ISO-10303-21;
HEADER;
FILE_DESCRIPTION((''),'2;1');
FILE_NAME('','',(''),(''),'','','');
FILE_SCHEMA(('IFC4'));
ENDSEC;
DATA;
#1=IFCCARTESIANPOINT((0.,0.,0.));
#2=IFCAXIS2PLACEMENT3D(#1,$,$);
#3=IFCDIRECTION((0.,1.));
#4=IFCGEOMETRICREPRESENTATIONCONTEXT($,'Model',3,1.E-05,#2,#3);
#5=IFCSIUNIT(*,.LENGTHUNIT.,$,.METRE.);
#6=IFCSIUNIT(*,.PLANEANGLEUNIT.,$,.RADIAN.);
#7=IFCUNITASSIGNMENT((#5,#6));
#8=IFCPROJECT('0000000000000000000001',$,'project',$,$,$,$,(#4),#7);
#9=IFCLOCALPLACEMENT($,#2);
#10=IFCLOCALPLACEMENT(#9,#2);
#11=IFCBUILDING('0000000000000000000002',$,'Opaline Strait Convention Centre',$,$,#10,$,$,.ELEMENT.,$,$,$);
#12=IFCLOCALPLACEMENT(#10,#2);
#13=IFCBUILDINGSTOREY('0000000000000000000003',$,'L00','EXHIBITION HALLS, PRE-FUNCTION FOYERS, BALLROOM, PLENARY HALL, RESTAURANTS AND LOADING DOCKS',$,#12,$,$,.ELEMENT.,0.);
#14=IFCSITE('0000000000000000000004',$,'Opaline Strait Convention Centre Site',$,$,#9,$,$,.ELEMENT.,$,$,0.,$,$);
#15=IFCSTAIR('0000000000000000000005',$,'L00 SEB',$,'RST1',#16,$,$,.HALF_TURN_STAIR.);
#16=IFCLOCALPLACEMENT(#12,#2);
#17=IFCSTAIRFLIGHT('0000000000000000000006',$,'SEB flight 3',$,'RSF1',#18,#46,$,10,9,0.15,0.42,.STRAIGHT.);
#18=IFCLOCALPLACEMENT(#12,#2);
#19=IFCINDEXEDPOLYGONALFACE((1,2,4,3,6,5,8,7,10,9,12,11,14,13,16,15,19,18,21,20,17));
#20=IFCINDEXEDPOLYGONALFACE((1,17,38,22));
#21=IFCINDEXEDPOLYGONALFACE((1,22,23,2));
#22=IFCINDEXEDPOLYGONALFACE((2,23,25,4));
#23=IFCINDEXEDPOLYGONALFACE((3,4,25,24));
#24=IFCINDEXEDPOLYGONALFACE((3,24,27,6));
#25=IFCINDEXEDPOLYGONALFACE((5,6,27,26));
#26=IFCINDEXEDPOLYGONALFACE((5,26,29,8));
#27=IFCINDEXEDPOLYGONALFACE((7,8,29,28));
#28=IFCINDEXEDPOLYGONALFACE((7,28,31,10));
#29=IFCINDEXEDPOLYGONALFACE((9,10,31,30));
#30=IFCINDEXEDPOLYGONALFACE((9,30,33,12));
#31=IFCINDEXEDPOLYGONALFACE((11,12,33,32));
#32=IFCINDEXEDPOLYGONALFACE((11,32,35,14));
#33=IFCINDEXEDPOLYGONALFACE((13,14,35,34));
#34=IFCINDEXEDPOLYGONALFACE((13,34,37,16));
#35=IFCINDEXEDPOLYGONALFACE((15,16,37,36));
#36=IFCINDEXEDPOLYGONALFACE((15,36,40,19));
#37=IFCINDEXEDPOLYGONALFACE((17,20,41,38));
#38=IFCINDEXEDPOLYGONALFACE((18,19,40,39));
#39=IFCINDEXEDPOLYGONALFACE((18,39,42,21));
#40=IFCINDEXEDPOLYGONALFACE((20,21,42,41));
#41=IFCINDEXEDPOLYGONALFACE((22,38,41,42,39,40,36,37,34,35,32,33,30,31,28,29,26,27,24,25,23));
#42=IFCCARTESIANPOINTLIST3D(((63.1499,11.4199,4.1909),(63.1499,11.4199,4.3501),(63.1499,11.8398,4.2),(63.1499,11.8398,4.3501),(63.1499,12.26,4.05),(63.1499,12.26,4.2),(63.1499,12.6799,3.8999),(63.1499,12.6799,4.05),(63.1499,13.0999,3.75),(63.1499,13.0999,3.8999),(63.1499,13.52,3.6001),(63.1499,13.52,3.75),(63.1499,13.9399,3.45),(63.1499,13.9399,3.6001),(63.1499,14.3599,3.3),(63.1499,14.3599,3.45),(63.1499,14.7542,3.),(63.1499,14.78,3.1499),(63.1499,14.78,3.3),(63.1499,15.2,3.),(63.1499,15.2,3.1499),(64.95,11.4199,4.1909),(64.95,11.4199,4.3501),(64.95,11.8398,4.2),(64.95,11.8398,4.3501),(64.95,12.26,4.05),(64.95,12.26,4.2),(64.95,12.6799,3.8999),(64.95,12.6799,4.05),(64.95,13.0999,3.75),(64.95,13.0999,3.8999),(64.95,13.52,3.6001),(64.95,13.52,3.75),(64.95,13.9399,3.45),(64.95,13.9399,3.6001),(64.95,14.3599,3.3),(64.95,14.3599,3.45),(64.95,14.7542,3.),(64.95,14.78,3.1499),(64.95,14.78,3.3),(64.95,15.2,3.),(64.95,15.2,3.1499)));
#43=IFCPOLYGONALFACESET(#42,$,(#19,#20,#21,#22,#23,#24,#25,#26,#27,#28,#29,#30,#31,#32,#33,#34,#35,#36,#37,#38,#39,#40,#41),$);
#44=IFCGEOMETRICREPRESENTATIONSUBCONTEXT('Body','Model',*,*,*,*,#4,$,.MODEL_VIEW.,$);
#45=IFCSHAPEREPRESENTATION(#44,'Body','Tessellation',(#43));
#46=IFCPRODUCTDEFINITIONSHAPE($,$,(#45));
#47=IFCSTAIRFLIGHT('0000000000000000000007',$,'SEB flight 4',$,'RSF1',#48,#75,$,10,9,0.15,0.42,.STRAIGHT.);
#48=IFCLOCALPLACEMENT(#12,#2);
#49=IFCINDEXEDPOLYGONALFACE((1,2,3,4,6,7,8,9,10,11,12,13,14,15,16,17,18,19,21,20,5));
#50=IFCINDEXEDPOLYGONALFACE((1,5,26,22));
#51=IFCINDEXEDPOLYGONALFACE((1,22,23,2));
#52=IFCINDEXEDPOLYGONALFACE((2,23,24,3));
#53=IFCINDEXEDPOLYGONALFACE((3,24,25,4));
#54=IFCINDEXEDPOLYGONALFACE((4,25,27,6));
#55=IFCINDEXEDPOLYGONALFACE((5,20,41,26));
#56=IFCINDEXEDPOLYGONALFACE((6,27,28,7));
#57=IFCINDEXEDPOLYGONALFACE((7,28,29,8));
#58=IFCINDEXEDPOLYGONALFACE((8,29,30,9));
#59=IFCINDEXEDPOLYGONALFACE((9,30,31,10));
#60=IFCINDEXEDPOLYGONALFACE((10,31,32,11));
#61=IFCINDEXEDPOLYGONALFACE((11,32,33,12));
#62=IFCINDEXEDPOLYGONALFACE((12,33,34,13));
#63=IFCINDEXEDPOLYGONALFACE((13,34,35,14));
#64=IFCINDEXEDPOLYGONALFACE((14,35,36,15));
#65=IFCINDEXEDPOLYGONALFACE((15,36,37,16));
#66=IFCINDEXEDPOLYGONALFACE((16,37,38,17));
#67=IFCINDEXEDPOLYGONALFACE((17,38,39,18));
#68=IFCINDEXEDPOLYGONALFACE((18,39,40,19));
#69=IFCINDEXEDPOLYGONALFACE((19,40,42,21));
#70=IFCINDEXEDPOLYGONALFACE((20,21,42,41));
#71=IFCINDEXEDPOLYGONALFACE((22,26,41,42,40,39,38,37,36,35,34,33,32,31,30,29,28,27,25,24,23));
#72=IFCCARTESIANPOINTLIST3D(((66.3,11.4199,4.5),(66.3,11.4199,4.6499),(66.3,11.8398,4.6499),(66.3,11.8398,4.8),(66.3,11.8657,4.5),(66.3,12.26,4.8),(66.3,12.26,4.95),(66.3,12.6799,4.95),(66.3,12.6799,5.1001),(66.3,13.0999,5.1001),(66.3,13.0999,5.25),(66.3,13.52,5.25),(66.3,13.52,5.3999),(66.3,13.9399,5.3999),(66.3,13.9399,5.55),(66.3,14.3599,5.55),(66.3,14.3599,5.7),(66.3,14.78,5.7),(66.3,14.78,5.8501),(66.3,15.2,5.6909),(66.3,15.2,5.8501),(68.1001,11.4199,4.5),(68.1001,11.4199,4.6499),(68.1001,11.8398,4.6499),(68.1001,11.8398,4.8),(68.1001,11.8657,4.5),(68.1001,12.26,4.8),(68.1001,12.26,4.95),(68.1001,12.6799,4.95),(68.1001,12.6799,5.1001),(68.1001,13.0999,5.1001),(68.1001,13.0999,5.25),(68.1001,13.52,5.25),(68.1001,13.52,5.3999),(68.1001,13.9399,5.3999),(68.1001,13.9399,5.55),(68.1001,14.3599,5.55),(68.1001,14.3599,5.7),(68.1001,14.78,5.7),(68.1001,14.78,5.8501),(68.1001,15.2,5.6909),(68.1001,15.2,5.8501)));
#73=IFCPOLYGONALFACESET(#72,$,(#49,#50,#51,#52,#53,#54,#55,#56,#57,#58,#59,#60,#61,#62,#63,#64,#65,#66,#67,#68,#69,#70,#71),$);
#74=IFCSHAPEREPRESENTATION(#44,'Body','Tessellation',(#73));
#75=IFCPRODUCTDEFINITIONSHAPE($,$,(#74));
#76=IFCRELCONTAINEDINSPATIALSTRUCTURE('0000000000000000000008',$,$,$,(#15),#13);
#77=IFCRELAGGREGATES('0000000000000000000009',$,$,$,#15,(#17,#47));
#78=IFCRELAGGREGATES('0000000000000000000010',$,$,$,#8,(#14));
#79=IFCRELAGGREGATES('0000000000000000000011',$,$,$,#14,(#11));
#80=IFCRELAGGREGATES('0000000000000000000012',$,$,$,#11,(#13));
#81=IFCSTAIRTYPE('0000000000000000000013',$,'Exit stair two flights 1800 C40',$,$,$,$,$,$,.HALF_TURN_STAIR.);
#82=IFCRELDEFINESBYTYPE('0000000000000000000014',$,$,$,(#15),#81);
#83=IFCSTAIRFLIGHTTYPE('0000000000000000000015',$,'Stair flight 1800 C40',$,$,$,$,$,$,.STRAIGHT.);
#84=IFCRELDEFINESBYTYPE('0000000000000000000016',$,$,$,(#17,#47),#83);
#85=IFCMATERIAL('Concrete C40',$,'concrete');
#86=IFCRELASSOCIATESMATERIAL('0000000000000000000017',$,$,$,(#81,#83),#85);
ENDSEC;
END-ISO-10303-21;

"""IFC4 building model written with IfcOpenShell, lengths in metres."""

from ifc_helpers import new_model, si_unit, direction, frame, origin, place, context, subcontext, project, spatial, polyline, outline, extrude, material, type_object, element, aggregate, save


model = new_model("IFC4")

# Units and contexts
model_context = context("Model", 3, precision=1e-05, world=origin(), true_north=direction((0.0, 1.0)))
body_context = subcontext(model_context, "Body", "Model", "MODEL_VIEW")
ifc_project = project(units=[si_unit("LENGTHUNIT", "METRE"), si_unit("PLANEANGLEUNIT", "RADIAN")], contexts=[model_context])

# Site, building, storey
site_placement = place(None, origin())
site = spatial("IfcSite", under=ifc_project, at=site_placement, Name="Opaline Strait Convention Centre Site", CompositionType="ELEMENT", RefElevation=0.0)
building_placement = place(site_placement, origin())
building = spatial("IfcBuilding", under=site, at=building_placement, Name="Opaline Strait Convention Centre", CompositionType="ELEMENT")
storey_placement = place(building_placement, origin())
storey = spatial("IfcBuildingStorey", under=building, at=storey_placement, Name="L00", Description="EXHIBITION HALLS, PRE-FUNCTION FOYERS, BALLROOM, PLENARY HALL, RESTAURANTS AND LOADING DOCKS", CompositionType="ELEMENT", Elevation=0.0)

# Shared definitions
ifc_material_1 = material(Name="Concrete C40", Category="concrete")

# Stair, stair flights
stair_type = type_object("IfcStairType", Name="Exit stair two flights 1800 C40", PredefinedType="HALF_TURN_STAIR", material=ifc_material_1)
stair_placement = place(storey_placement, origin())
stair = element("IfcStair", 1, at=stair_placement, inside=storey, type_object=stair_type, Name="L00 SEB", ObjectType="RST1", PredefinedType="HALF_TURN_STAIR")
stair_flight_type = type_object("IfcStairFlightType", Name="Stair flight 1800 C40", PredefinedType="STRAIGHT", material=ifc_material_1)
stair_flight_1_placement = place(storey_placement, frame((64.05, 15.2, 3.0), z_axis=(0.0, 0.0, 1.0), x_axis=(0.0, -1.0, 0.0)))
stair_flight_1 = element("IfcStairFlight", 2, at=stair_flight_1_placement, type_object=stair_flight_type, Name="SEB flight 3", ObjectType="RSF1", NumberOfRisers=10, NumberOfTreads=9, PredefinedType="STRAIGHT", RiserHeight=0.15, TreadLength=0.42, context=body_context, shape_type="SweptSolid", body=[
    extrude(outline(polyline([(0.0, 0.0), (0.0, 0.1499), (0.4199, 0.1499), (0.4199, 0.3), (0.8401, 0.3), (0.8401, 0.45), (1.26, 0.45), (1.26, 0.6001), (1.6799, 0.6001), (1.6799, 0.75), (2.1001, 0.75), (2.1001, 0.8999), (2.52, 0.8999), (2.52, 1.05), (2.9399, 1.05), (2.9399, 1.2), (3.3601, 1.2), (3.3601, 1.3501), (3.78, 1.3501), (3.78, 1.5), (3.78, 1.1909), (0.4458, 0.0), (0.0, 0.0)])), frame((0.0, 0.8999, 0.0), z_axis=(0.0, -1.0, 0.0), x_axis=(1.0, 0.0, 0.0)), (0.0, 0.0, 1.0), 1.8),
])
stair_flight_2_placement = place(storey_placement, frame((67.2, 11.4199, 4.5), z_axis=(0.0, 0.0, 1.0), x_axis=(0.0, 1.0, 0.0)))
stair_flight_2 = element("IfcStairFlight", 3, at=stair_flight_2_placement, type_object=stair_flight_type, Name="SEB flight 4", ObjectType="RSF1", NumberOfRisers=10, NumberOfTreads=9, PredefinedType="STRAIGHT", RiserHeight=0.15, TreadLength=0.42, context=body_context, shape_type="SweptSolid", body=[
    extrude(outline(polyline([(0.0, 0.0), (0.0, 0.1499), (0.4199, 0.1499), (0.4199, 0.3), (0.8401, 0.3), (0.8401, 0.45), (1.26, 0.45), (1.26, 0.6001), (1.6799, 0.6001), (1.6799, 0.75), (2.1001, 0.75), (2.1001, 0.8999), (2.52, 0.8999), (2.52, 1.05), (2.9399, 1.05), (2.9399, 1.2), (3.3601, 1.2), (3.3601, 1.3501), (3.78, 1.3501), (3.78, 1.5), (3.78, 1.1909), (0.4458, 0.0), (0.0, 0.0)])), frame((0.0, 0.8999, 0.0), z_axis=(0.0, -1.0, 0.0), x_axis=(1.0, 0.0, 0.0)), (0.0, 0.0, 1.0), 1.8),
])
aggregate(stair, [stair_flight_1, stair_flight_2])

save(model, "model.ifc")
